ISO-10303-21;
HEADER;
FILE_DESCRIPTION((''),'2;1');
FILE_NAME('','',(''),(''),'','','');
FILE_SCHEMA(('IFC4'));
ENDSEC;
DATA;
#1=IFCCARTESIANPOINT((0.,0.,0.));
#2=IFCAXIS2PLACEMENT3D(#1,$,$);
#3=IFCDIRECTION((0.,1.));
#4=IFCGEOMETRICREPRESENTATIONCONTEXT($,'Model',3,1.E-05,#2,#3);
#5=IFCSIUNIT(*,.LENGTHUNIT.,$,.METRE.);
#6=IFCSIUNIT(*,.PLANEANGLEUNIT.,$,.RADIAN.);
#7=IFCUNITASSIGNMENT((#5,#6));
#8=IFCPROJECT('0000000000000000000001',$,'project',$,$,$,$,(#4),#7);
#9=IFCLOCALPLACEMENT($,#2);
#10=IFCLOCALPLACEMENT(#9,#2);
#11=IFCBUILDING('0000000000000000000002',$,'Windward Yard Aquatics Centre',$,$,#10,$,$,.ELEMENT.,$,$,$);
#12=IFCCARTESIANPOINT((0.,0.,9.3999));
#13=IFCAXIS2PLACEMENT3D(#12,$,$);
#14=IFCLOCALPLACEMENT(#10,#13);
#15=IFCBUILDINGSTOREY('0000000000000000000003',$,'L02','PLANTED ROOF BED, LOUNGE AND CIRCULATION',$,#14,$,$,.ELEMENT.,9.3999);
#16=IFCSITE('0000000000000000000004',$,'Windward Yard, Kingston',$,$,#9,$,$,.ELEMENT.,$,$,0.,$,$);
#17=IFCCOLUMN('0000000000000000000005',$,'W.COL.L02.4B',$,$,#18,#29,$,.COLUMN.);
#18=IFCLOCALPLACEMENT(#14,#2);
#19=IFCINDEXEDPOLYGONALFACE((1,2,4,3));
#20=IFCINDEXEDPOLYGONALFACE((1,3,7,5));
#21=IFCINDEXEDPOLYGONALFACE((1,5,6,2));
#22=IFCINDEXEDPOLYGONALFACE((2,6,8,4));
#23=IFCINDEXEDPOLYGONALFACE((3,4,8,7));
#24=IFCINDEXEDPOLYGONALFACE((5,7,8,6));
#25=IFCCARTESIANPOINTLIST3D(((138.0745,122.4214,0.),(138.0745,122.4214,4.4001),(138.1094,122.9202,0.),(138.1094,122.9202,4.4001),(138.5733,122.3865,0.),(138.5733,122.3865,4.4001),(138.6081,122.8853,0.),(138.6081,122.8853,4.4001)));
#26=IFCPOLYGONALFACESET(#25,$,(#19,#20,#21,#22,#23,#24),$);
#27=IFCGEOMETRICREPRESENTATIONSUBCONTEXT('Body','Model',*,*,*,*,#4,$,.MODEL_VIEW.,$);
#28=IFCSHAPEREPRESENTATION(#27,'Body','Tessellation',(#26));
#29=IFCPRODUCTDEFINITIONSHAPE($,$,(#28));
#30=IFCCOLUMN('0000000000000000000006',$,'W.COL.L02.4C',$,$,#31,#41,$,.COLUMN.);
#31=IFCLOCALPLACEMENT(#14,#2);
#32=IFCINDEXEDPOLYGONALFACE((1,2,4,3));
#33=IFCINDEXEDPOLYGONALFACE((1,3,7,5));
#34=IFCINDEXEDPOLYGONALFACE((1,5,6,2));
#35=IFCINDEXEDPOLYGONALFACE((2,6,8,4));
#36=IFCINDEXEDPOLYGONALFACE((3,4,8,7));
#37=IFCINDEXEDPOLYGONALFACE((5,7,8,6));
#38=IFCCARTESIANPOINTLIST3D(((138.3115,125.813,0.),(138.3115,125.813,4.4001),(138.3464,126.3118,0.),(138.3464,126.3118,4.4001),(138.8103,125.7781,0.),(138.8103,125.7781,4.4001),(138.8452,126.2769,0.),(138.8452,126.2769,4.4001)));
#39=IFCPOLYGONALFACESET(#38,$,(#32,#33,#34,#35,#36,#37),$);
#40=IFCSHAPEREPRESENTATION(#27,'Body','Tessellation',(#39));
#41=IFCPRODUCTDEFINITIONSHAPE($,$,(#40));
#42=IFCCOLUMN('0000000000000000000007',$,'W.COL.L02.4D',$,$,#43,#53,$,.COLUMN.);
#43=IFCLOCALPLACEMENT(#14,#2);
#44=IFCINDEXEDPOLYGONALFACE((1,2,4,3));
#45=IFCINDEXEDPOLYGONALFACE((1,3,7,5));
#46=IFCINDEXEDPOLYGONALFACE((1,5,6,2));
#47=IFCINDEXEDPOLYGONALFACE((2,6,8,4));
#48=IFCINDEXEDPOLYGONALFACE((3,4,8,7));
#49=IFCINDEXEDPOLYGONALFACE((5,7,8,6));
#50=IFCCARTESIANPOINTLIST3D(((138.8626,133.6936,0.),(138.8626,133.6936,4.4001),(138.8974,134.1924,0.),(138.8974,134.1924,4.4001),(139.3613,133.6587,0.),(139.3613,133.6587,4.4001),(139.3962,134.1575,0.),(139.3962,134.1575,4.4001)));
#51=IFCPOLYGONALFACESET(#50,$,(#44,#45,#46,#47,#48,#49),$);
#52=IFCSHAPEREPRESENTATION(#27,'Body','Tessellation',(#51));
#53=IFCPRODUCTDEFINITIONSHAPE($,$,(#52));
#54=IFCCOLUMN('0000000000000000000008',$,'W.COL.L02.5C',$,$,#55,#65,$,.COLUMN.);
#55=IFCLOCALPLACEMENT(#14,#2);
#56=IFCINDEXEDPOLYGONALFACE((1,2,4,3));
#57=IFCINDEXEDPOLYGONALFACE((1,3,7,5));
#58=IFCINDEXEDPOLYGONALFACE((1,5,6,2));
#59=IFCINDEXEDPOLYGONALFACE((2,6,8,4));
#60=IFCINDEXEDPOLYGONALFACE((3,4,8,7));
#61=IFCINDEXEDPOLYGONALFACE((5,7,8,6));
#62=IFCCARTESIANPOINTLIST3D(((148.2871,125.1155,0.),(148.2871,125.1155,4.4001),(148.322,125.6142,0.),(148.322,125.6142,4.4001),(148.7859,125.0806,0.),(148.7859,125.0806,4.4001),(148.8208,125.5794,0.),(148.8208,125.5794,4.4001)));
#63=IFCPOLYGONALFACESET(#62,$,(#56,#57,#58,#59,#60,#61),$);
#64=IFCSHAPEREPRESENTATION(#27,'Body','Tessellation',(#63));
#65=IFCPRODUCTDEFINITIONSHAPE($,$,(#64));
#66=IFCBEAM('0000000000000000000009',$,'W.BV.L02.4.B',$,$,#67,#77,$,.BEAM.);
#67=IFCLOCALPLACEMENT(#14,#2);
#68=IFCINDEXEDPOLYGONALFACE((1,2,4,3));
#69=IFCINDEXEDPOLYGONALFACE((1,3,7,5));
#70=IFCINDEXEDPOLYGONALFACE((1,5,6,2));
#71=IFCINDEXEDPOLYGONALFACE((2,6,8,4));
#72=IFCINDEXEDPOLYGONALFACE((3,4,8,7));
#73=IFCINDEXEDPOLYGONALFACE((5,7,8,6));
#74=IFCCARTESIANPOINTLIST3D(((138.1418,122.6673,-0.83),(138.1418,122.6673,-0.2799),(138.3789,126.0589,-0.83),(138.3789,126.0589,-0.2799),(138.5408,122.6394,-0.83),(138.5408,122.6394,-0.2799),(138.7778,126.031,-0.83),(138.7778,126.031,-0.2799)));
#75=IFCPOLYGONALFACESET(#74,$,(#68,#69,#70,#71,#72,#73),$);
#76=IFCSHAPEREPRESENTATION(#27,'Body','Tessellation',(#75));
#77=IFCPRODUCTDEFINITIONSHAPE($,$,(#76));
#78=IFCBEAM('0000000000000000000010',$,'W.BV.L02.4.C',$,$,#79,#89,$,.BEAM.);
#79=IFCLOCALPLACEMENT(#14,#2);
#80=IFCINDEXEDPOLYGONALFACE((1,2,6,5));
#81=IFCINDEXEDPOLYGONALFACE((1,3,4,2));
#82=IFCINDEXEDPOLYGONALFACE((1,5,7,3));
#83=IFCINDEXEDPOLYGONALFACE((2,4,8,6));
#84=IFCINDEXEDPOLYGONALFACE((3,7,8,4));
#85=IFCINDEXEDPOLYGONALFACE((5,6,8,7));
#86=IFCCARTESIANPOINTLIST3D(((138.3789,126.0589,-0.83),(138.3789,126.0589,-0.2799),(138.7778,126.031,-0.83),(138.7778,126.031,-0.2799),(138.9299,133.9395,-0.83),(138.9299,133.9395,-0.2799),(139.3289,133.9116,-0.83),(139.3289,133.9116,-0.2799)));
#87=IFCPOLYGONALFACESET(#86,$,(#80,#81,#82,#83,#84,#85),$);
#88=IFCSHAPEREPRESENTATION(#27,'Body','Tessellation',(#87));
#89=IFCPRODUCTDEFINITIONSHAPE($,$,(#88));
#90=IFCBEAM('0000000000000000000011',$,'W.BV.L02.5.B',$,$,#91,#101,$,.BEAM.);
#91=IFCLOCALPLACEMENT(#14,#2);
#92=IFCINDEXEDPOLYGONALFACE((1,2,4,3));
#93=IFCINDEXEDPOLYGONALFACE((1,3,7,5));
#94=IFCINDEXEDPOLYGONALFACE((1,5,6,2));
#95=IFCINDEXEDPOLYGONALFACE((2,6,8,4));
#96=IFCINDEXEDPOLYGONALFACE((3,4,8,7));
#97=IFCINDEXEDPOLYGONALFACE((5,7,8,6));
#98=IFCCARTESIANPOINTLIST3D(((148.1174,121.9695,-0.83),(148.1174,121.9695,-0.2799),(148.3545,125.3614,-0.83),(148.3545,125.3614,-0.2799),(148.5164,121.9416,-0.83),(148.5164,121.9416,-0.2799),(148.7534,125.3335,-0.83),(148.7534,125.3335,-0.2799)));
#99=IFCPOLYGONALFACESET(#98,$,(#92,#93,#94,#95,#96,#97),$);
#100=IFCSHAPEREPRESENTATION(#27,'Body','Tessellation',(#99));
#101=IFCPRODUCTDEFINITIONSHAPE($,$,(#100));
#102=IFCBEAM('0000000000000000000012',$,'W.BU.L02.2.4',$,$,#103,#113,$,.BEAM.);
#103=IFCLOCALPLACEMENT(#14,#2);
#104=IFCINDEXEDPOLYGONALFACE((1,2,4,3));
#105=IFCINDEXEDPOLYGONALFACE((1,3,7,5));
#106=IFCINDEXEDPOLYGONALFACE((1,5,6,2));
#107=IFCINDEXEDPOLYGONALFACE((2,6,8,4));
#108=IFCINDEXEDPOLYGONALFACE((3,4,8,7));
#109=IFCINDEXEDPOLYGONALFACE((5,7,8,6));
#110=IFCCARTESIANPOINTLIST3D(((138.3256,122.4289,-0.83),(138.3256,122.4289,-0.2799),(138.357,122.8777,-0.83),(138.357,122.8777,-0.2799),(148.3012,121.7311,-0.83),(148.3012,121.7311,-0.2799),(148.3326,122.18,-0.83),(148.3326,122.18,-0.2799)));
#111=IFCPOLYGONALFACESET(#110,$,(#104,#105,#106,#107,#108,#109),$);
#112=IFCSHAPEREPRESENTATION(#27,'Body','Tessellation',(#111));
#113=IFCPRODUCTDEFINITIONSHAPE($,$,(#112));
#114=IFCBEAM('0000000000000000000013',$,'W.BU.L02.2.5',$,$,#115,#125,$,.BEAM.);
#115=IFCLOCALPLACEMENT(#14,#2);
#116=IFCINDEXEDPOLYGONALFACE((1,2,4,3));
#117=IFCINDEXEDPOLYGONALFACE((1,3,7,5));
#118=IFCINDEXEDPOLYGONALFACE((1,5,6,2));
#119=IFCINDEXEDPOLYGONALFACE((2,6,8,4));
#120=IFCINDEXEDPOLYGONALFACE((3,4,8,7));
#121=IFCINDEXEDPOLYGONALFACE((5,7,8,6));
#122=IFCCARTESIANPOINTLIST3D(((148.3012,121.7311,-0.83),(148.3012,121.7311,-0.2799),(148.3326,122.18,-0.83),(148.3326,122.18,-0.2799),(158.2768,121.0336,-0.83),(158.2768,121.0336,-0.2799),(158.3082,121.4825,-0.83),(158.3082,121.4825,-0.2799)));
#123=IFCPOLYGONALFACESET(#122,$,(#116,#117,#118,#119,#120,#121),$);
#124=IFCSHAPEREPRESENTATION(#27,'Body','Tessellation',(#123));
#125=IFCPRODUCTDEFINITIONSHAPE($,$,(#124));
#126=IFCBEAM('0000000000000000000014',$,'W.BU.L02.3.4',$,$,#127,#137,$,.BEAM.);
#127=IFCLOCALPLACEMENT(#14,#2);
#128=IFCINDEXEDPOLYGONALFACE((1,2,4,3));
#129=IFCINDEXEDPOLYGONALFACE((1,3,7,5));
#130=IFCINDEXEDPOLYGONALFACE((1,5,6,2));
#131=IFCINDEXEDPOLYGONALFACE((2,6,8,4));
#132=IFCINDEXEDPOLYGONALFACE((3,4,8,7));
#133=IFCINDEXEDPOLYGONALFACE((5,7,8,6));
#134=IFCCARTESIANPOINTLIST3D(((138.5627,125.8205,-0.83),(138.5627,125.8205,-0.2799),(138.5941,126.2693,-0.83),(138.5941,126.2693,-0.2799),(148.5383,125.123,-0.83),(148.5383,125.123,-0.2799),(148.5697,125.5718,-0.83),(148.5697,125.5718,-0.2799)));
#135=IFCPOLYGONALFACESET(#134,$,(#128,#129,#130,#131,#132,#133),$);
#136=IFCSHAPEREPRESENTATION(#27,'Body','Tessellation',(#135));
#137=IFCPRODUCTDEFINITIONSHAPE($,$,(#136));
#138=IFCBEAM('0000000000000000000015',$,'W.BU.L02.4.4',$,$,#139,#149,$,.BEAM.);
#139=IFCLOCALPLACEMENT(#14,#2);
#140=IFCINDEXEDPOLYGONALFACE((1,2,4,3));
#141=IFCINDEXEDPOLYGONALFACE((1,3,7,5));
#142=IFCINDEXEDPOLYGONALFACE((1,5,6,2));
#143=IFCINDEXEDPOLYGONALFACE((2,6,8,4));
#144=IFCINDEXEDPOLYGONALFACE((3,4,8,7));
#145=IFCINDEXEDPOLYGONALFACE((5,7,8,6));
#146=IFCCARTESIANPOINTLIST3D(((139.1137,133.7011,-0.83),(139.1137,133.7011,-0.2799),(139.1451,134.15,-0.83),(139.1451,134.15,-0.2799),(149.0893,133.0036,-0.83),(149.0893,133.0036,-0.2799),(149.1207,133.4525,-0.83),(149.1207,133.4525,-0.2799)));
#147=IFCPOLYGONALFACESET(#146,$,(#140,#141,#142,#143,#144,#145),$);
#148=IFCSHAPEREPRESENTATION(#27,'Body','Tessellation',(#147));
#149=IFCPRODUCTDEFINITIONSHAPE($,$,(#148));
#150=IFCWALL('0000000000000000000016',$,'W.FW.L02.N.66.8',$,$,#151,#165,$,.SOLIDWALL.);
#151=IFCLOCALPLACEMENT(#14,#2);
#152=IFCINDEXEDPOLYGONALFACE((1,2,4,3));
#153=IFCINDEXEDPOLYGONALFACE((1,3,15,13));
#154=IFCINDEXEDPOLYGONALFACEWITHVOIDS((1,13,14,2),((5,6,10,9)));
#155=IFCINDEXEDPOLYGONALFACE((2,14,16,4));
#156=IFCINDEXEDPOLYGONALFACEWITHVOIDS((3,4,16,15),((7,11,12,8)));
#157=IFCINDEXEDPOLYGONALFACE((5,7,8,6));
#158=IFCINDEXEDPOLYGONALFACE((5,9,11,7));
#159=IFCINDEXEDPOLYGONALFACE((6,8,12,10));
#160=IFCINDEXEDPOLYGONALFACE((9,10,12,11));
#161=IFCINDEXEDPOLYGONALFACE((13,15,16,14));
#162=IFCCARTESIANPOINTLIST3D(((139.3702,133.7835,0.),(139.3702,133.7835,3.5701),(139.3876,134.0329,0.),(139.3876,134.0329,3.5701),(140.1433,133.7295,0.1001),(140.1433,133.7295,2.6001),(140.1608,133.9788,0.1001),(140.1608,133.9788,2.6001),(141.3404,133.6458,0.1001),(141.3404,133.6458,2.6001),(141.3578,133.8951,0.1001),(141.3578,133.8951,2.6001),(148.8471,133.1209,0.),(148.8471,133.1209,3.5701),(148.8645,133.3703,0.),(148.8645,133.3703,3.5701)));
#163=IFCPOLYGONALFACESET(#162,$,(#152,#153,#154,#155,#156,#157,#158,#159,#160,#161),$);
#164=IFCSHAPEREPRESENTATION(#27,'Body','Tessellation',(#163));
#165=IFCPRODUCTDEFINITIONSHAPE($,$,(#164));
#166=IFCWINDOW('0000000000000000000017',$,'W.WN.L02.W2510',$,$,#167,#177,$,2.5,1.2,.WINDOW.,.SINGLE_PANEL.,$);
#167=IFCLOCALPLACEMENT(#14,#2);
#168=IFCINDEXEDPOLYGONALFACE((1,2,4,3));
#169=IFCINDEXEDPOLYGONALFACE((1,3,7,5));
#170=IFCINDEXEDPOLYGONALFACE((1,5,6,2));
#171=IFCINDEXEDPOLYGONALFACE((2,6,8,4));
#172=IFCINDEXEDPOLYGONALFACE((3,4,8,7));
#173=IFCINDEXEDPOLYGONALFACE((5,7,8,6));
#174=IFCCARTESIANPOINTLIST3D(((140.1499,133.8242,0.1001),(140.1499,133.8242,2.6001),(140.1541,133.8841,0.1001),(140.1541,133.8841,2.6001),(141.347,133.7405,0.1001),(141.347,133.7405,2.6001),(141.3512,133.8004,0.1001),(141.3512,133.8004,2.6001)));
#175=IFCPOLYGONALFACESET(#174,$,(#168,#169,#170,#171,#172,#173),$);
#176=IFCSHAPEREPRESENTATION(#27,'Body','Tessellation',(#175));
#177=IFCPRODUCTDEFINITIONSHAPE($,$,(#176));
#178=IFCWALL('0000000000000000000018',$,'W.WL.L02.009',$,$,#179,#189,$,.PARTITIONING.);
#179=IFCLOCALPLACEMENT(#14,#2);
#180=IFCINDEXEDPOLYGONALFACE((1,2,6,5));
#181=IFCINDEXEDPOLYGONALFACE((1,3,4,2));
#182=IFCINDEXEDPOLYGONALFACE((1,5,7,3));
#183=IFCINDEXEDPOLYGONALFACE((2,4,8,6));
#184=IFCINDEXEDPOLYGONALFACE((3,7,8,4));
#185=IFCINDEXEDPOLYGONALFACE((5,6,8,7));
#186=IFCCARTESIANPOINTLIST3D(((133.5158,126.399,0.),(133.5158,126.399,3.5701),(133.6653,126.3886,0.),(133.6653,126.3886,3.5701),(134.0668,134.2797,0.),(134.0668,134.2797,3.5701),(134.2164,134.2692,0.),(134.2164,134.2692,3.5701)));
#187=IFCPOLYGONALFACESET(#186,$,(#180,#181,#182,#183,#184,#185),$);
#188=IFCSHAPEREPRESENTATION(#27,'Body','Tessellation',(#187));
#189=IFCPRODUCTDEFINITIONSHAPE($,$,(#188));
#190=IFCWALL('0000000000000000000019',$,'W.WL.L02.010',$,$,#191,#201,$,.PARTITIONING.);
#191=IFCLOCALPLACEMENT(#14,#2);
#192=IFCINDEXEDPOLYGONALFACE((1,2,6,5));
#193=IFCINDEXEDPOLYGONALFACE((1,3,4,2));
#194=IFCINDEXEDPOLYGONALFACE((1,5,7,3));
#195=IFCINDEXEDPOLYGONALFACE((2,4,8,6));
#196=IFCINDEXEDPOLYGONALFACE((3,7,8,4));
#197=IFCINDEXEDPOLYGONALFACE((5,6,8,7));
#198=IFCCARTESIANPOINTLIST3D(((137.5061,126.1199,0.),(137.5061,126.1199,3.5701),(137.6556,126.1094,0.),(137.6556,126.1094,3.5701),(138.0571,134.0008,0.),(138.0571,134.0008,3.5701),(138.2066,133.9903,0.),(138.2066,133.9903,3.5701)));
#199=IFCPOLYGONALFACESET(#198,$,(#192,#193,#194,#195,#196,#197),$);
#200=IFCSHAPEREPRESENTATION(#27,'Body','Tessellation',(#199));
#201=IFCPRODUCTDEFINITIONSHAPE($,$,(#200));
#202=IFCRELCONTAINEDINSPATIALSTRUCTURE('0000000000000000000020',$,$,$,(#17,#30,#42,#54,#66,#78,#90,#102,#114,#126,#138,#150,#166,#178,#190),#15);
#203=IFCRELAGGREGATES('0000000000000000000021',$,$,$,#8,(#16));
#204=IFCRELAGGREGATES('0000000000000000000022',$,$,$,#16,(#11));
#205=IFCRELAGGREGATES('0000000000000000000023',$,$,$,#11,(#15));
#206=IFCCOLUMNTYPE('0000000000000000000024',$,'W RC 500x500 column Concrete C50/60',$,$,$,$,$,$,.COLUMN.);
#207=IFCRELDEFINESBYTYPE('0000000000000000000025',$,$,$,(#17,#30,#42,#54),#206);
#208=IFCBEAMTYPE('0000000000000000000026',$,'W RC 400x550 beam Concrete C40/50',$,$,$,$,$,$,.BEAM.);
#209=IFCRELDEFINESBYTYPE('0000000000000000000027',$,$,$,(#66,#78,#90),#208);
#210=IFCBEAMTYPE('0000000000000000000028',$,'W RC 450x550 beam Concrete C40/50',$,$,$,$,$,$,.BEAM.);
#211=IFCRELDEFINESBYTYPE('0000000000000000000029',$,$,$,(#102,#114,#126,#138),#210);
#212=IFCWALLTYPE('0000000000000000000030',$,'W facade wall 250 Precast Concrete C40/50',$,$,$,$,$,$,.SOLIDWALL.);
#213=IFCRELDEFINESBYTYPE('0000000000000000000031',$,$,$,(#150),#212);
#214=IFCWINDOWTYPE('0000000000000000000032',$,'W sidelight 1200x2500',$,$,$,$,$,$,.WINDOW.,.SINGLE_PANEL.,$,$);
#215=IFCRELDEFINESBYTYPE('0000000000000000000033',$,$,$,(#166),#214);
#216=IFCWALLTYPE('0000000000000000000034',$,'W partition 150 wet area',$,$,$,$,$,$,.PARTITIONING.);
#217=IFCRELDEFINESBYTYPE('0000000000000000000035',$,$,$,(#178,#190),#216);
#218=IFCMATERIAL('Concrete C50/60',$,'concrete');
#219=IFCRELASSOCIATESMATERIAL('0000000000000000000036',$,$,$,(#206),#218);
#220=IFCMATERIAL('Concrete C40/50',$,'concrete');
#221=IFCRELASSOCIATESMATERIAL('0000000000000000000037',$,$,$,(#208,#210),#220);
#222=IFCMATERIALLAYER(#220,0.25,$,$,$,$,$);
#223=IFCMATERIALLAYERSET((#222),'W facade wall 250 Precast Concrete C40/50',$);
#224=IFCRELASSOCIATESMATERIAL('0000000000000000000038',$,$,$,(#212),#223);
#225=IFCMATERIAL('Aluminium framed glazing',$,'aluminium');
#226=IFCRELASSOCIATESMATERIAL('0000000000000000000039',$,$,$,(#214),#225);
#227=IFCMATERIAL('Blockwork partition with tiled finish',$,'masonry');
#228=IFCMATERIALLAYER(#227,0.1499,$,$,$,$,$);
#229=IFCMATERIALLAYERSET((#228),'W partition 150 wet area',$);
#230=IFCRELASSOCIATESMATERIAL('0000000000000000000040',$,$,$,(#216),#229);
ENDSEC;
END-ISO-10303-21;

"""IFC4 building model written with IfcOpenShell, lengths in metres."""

from ifc_helpers import new_model, si_unit, direction, frame, frame_2d, origin, origin_2d, place, context, subcontext, project, spatial, rectangle, extrude, material, layer, layer_set, material_profile, profile_set, type_object, element, fill, save


model = new_model("IFC4")

# Units and contexts
model_context = context("Model", 3, precision=1e-05, world=origin(), true_north=direction((0.0, 1.0)))
body_context = subcontext(model_context, "Body", "Model", "MODEL_VIEW")
ifc_project = project(units=[si_unit("LENGTHUNIT", "METRE"), si_unit("PLANEANGLEUNIT", "RADIAN")], contexts=[model_context])

# Site, building, storey
site_placement = place(None, origin())
site = spatial("IfcSite", under=ifc_project, at=site_placement, Name="Windward Yard, Kingston", CompositionType="ELEMENT", RefElevation=0.0)
building_placement = place(site_placement, origin())
building = spatial("IfcBuilding", under=site, at=building_placement, Name="Windward Yard Aquatics Centre", CompositionType="ELEMENT")
storey_placement = place(building_placement, frame((0.0, 0.0, 9.3999)))
storey = spatial("IfcBuildingStorey", under=building, at=storey_placement, Name="L02", Description="PLANTED ROOF BED, LOUNGE AND CIRCULATION", CompositionType="ELEMENT", Elevation=9.3999)

# Columns
ifc_material_1 = material(Name="Concrete C50/60", Category="concrete")
ifc_material_profile_1 = material_profile(ifc_material_1, rectangle(XDim=0.5, YDim=0.5, at=origin_2d()), Name="RC 500x500")
ifc_profile_set_1 = profile_set([ifc_material_profile_1], Name="Concrete C50/60")
column_type = type_object("IfcColumnType", Name="W RC 500x500 column Concrete C50/60", PredefinedType="COLUMN", material=ifc_profile_set_1)
for number, where, z_axis, x_axis, name in (
    (1, (138.3413, 122.6533, 0.0), (0.0, 0.0, 1.0), (0.997564, -0.069756, 0.0), "W.COL.L02.4B"),
    (2, (138.5784, 126.0449, 0.0), (0.0, 0.0, 1.0), (0.997564, -0.069756, 0.0), "W.COL.L02.4C"),
    (3, (139.1294, 133.9255, 0.0), (0.0, 0.0, 1.0), (0.997564, -0.069756, 0.0), "W.COL.L02.4D"),
    (4, (148.554, 125.3474, 0.0), (0.0, 0.0, 1.0), (0.997564, -0.069756, 0.0), "W.COL.L02.5C"),
):
    element("IfcColumn", number, at=place(storey_placement, frame(where, z_axis=z_axis, x_axis=x_axis)), inside=storey, type_object=column_type, Name=name, PredefinedType="COLUMN", context=body_context, shape_type="SweptSolid", body=[
        extrude(rectangle(XDim=0.5, YDim=0.5, at=origin_2d()), origin(), (0.0, 0.0, 1.0), 4.4001),
    ])

# Beams
ifc_material_2 = material(Name="Concrete C40/50", Category="concrete")
ifc_material_profile_2 = material_profile(ifc_material_2, rectangle(XDim=0.3999, YDim=0.55, at=origin_2d()), Name="RC 400x550")
ifc_profile_set_2 = profile_set([ifc_material_profile_2], Name="Concrete C40/50")
beam_type_1 = type_object("IfcBeamType", Name="W RC 400x550 beam Concrete C40/50", PredefinedType="BEAM", material=ifc_profile_set_2)
beam_1_placement = place(storey_placement, frame((138.3413, 122.6533, -0.5549), z_axis=(0.069726, 0.997566, 0.0), x_axis=(-0.997566, 0.069726, 0.0)))
element("IfcBeam", 5, at=beam_1_placement, inside=storey, type_object=beam_type_1, Name="W.BV.L02.4.B", PredefinedType="BEAM", context=body_context, shape_type="SweptSolid", body=[
    extrude(rectangle(XDim=0.3999, YDim=0.55, at=origin_2d()), origin(), (0.0, 0.0, 1.0), 3.3999),
])
beam_2_placement = place(storey_placement, frame((138.5784, 126.0449, -0.5549), z_axis=(0.069751, 0.997564, 0.0), x_axis=(-0.997564, 0.069751, 0.0)))
element("IfcBeam", 6, at=beam_2_placement, inside=storey, type_object=beam_type_1, Name="W.BV.L02.4.C", PredefinedType="BEAM", context=body_context, shape_type="SweptSolid", body=[
    extrude(rectangle(XDim=0.3999, YDim=0.55, at=origin_2d()), origin(), (0.0, 0.0, 1.0), 7.8999),
])
beam_3_placement = place(storey_placement, frame((148.3169, 121.9556, -0.5549), z_axis=(0.069721, 0.997567, 0.0), x_axis=(-0.997567, 0.069721, 0.0)))
element("IfcBeam", 7, at=beam_3_placement, inside=storey, type_object=beam_type_1, Name="W.BV.L02.5.B", PredefinedType="BEAM", context=body_context, shape_type="SweptSolid", body=[
    extrude(rectangle(XDim=0.3999, YDim=0.55, at=origin_2d()), origin(), (0.0, 0.0, 1.0), 3.4001),
])
ifc_material_profile_3 = material_profile(ifc_material_2, rectangle(XDim=0.45, YDim=0.55, at=origin_2d()), Name="RC 450x550")
ifc_profile_set_3 = profile_set([ifc_material_profile_3], Name="Concrete C40/50")
beam_type_2 = type_object("IfcBeamType", Name="W RC 450x550 beam Concrete C40/50", PredefinedType="BEAM", material=ifc_profile_set_3)
for number, where, z_axis, x_axis, name in (
    (8, (138.3413, 122.6533, -0.5549), (0.997563, -0.069776, 0.0), (0.069776, 0.997563, 0.0), "W.BU.L02.2.4"),
    (9, (148.3169, 121.9556, -0.5549), (0.997564, -0.069751, 0.0), (0.069751, 0.997564, 0.0), "W.BU.L02.2.5"),
    (10, (138.5784, 126.0449, -0.5549), (0.997564, -0.069751, 0.0), (0.069751, 0.997564, 0.0), "W.BU.L02.3.4"),
    (11, (139.1294, 133.9255, -0.5549), (0.997564, -0.069751, 0.0), (0.069751, 0.997564, 0.0), "W.BU.L02.4.4"),
):
    element("IfcBeam", number, at=place(storey_placement, frame(where, z_axis=z_axis, x_axis=x_axis)), inside=storey, type_object=beam_type_2, Name=name, PredefinedType="BEAM", context=body_context, shape_type="SweptSolid", body=[
        extrude(rectangle(XDim=0.45, YDim=0.55, at=origin_2d()), origin(), (0.0, 0.0, 1.0), 10.0),
    ])

# Wall, opening, window
ifc_layer_1 = layer(ifc_material_2, 0.25)
ifc_layer_set_1 = layer_set([ifc_layer_1], Name="W facade wall 250 Precast Concrete C40/50")
wall_type_1 = type_object("IfcWallType", Name="W facade wall 250 Precast Concrete C40/50", PredefinedType="SOLIDWALL", material=ifc_layer_set_1)
wall_1_placement = place(storey_placement, frame((139.3789, 133.9082, 0.0), z_axis=(0.0, 0.0, 1.0), x_axis=(0.997565, -0.069748, 0.0)))
wall_1 = element("IfcWall", 12, at=wall_1_placement, inside=storey, type_object=wall_type_1, Name="W.FW.L02.N.66.8", PredefinedType="SOLIDWALL", context=body_context, shape_type="SweptSolid", body=[
    extrude(rectangle(XDim=9.5, YDim=0.25, at=frame_2d((4.75, 0.0))), origin(), (0.0, 0.0, 1.0), 3.5701),
])
opening_1_placement = place(wall_1_placement, frame((0.7749, 0.0, 0.1001)))
opening_1 = element("IfcOpeningElement", 13, at=opening_1_placement, cuts=wall_1, PredefinedType="OPENING", context=body_context, shape_type="SweptSolid", body=[
    extrude(rectangle(XDim=1.2, YDim=2.5, at=frame_2d((0.6001, 1.25))), frame((0.0, 0.135, 0.0), z_axis=(0.0, -1.0, 0.0), x_axis=(1.0, 0.0, 0.0)), (0.0, 0.0, 1.0), 0.27),
])
ifc_material_3 = material(Name="Aluminium framed glazing", Category="aluminium")
window_type = type_object("IfcWindowType", Name="W sidelight 1200x2500", PartitioningType="SINGLE_PANEL", PredefinedType="WINDOW", material=ifc_material_3)
window_placement = place(opening_1_placement, origin())
window = element("IfcWindow", 14, at=window_placement, inside=storey, type_object=window_type, Name="W.WN.L02.W2510", OverallHeight=2.5, OverallWidth=1.2, PartitioningType="SINGLE_PANEL", PredefinedType="WINDOW", context=body_context, shape_type="SweptSolid", body=[
    extrude(rectangle(XDim=1.2, YDim=2.5, at=frame_2d((0.6001, 1.25))), frame((0.0, 0.03, 0.0), z_axis=(0.0, -1.0, 0.0), x_axis=(1.0, 0.0, 0.0)), (0.0, 0.0, 1.0), 0.0601),
])
fill(opening_1, window)

# Walls
ifc_material_4 = material(Name="Blockwork partition with tiled finish", Category="masonry")
ifc_layer_2 = layer(ifc_material_4, 0.1499)
ifc_layer_set_2 = layer_set([ifc_layer_2], Name="W partition 150 wet area")
wall_type_2 = type_object("IfcWallType", Name="W partition 150 wet area", PredefinedType="PARTITIONING", material=ifc_layer_set_2)
wall_2_placement = place(storey_placement, frame((133.5906, 126.3938, 0.0), z_axis=(0.0, 0.0, 1.0), x_axis=(0.069751, 0.997564, 0.0)))
element("IfcWall", 15, at=wall_2_placement, inside=storey, type_object=wall_type_2, Name="W.WL.L02.009", PredefinedType="PARTITIONING", context=body_context, shape_type="SweptSolid", body=[
    extrude(rectangle(XDim=7.8999, YDim=0.1499, at=frame_2d((3.95, 0.0))), origin(), (0.0, 0.0, 1.0), 3.5701),
])
wall_3_placement = place(storey_placement, frame((137.5808, 126.1145, 0.0), z_axis=(0.0, 0.0, 1.0), x_axis=(0.069749, 0.997565, 0.0)))
element("IfcWall", 16, at=wall_3_placement, inside=storey, type_object=wall_type_2, Name="W.WL.L02.010", PredefinedType="PARTITIONING", context=body_context, shape_type="SweptSolid", body=[
    extrude(rectangle(XDim=7.9001, YDim=0.1499, at=frame_2d((3.9502, 0.0))), origin(), (0.0, 0.0, 1.0), 3.5701),
])

save(model, "model.ifc")
